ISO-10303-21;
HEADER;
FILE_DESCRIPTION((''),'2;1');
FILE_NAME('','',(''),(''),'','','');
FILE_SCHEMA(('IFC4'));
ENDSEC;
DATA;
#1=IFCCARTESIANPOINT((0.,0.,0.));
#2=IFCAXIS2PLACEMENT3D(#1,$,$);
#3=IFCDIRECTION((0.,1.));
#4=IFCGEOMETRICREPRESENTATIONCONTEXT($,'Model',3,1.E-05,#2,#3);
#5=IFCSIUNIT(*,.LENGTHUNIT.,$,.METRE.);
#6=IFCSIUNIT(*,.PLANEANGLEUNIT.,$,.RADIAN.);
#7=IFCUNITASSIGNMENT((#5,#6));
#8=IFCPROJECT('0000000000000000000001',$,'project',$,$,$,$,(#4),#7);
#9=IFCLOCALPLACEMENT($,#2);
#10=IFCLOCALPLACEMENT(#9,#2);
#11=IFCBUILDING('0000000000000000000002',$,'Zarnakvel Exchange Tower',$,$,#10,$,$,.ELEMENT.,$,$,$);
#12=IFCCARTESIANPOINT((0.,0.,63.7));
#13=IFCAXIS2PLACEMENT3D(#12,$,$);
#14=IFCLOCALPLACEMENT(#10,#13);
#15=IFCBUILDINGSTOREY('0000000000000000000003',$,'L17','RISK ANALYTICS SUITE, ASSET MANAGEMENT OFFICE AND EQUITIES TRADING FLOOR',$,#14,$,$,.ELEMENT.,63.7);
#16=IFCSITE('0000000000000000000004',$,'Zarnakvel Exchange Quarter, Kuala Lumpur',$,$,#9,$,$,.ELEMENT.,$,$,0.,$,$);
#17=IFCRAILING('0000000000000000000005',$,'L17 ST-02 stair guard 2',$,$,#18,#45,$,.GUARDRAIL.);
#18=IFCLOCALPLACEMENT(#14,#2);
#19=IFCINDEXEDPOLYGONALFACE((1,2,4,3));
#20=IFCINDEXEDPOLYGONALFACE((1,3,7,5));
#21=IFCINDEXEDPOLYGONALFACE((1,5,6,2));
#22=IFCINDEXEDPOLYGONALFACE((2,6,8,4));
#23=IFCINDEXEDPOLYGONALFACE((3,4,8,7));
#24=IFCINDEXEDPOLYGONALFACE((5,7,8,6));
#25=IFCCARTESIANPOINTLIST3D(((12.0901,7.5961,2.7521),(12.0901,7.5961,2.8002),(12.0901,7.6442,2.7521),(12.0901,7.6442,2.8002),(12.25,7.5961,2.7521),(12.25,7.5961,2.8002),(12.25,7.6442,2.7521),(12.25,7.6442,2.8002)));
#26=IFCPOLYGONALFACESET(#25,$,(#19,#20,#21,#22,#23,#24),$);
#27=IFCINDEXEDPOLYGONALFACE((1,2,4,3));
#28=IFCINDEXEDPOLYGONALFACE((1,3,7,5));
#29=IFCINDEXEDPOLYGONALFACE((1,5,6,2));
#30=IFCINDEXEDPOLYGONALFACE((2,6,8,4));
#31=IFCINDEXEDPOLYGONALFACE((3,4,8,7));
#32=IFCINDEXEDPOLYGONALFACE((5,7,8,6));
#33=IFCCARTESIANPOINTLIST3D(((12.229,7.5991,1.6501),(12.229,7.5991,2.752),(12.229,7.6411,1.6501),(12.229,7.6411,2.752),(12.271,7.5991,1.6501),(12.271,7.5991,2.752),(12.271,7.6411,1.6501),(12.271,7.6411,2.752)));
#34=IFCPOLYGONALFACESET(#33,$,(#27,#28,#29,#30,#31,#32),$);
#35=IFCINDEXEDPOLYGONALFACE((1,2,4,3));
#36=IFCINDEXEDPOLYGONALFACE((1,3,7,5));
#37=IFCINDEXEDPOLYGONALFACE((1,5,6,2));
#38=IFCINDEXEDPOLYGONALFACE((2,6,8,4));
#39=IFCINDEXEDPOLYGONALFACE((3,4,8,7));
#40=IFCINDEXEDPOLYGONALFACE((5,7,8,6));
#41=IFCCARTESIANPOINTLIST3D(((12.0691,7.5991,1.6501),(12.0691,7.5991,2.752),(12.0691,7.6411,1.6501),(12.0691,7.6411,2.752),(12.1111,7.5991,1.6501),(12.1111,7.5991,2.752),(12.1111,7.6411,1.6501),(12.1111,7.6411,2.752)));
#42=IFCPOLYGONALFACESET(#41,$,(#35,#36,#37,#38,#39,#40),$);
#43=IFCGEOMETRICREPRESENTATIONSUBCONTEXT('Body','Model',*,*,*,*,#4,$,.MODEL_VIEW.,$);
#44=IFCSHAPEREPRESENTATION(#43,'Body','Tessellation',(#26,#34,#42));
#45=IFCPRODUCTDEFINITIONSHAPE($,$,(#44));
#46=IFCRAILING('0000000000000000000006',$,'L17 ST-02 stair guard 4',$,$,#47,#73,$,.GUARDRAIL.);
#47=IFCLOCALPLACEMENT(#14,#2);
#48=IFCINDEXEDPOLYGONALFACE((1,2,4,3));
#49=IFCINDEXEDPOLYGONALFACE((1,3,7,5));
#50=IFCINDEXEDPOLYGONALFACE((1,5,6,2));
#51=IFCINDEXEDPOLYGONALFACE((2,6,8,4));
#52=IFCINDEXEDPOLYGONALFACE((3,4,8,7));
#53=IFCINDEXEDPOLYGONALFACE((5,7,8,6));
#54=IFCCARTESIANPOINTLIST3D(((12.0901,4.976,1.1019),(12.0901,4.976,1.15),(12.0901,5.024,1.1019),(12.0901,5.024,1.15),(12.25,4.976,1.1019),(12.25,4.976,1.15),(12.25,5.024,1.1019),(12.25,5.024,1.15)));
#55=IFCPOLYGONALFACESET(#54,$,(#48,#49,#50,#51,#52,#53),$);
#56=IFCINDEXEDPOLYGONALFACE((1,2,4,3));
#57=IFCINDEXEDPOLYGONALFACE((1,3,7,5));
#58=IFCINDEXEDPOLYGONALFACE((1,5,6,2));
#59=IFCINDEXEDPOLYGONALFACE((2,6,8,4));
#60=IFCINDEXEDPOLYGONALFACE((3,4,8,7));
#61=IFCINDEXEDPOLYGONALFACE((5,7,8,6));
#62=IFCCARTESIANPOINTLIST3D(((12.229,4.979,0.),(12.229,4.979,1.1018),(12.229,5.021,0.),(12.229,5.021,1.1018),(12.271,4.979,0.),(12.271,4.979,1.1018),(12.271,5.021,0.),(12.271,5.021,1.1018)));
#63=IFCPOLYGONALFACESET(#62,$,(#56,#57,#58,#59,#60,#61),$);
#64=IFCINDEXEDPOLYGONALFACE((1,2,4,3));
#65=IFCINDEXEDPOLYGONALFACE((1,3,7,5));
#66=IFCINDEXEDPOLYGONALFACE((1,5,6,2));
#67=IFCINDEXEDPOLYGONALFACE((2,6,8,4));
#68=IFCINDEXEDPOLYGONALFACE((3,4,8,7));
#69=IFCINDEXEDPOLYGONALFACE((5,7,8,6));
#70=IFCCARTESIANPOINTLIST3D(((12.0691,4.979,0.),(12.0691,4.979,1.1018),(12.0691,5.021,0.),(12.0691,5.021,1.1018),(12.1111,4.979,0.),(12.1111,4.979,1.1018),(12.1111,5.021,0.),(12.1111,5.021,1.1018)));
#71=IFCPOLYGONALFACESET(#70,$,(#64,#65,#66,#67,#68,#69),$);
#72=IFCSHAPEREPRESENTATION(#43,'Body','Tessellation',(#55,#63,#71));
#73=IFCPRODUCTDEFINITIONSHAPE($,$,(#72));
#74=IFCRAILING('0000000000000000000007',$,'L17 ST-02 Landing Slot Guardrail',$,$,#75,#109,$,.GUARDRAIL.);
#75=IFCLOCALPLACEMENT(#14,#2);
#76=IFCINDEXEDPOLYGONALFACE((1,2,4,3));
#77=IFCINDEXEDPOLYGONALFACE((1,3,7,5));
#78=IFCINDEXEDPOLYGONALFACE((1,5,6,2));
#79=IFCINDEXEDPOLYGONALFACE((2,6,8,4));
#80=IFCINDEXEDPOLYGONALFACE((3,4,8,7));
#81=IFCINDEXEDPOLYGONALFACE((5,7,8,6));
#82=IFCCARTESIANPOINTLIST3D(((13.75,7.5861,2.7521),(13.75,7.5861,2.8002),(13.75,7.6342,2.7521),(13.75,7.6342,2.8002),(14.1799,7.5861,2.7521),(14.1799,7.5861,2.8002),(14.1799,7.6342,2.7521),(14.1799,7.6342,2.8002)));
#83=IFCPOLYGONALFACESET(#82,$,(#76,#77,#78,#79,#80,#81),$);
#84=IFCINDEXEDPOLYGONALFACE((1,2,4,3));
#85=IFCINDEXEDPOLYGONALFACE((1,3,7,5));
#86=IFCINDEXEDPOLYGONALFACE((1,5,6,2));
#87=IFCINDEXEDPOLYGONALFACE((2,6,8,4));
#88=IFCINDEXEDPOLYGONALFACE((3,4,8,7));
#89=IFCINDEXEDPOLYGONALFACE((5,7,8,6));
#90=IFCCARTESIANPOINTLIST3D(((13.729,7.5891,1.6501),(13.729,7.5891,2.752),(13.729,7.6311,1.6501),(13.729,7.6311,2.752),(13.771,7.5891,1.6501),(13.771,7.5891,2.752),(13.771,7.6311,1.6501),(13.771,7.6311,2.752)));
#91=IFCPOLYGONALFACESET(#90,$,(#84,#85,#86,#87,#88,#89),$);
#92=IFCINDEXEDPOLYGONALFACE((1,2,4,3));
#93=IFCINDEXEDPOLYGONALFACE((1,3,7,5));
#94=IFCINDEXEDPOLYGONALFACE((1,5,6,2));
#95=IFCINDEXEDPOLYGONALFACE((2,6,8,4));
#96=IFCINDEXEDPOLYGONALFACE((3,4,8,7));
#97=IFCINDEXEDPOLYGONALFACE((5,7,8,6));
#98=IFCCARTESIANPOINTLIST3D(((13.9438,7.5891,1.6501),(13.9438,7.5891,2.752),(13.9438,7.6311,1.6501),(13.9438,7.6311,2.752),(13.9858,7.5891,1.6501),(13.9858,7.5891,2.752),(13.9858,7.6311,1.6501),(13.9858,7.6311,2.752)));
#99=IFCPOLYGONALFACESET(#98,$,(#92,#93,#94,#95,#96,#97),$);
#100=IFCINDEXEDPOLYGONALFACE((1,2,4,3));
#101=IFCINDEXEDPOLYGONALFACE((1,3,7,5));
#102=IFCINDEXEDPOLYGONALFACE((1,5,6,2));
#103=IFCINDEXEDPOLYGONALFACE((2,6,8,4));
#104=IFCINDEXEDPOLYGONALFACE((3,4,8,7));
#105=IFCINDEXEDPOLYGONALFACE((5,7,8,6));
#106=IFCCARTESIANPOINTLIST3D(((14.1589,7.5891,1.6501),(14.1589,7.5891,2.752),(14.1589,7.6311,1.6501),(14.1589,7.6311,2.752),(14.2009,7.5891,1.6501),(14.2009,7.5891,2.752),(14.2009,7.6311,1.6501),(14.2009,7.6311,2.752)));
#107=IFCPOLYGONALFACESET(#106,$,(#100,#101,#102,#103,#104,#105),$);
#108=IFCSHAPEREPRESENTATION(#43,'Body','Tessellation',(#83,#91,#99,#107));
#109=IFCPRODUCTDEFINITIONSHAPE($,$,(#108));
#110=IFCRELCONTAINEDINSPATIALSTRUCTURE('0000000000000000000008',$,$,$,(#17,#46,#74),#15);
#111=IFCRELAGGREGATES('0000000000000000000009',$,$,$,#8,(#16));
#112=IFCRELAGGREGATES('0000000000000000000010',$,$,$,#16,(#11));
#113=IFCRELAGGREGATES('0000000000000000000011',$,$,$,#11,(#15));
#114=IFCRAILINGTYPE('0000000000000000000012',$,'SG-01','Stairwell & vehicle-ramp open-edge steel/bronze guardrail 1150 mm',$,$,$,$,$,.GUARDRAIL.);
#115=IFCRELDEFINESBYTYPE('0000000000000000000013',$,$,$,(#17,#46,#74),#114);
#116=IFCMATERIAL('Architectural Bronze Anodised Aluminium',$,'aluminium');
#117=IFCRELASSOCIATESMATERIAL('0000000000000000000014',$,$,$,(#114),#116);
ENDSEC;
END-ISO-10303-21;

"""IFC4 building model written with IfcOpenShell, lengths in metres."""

from ifc_helpers import new_model, si_unit, direction, frame, origin, origin_2d, place, context, subcontext, project, spatial, rectangle, extrude, material, type_object, element, save


model = new_model("IFC4")

# Units and contexts
model_context = context("Model", 3, precision=1e-05, world=origin(), true_north=direction((0.0, 1.0)))
body_context = subcontext(model_context, "Body", "Model", "MODEL_VIEW")
ifc_project = project(units=[si_unit("LENGTHUNIT", "METRE"), si_unit("PLANEANGLEUNIT", "RADIAN")], contexts=[model_context])

# Site, building, storey
site_placement = place(None, origin())
site = spatial("IfcSite", under=ifc_project, at=site_placement, Name="Zarnakvel Exchange Quarter, Kuala Lumpur", CompositionType="ELEMENT", RefElevation=0.0)
building_placement = place(site_placement, origin())
building = spatial("IfcBuilding", under=site, at=building_placement, Name="Zarnakvel Exchange Tower", CompositionType="ELEMENT")
storey_placement = place(building_placement, frame((0.0, 0.0, 63.7)))
storey = spatial("IfcBuildingStorey", under=building, at=storey_placement, Name="L17", Description="RISK ANALYTICS SUITE, ASSET MANAGEMENT OFFICE AND EQUITIES TRADING FLOOR", CompositionType="ELEMENT", Elevation=63.7)

# Shared definitions
ifc_material_1 = material(Name="Architectural Bronze Anodised Aluminium", Category="aluminium")

# Railings
railing_type_1 = type_object("IfcRailingType", Name="SG-01", Description="Stairwell & vehicle-ramp open-edge steel/bronze guardrail 1150 mm", PredefinedType="GUARDRAIL", material=ifc_material_1)
for number, where, name in (
    (1, (12.25, 7.6201, 1.6501), "L17 ST-02 stair guard 2"),
    (2, (12.25, 5.0, 0.0), "L17 ST-02 stair guard 4"),
):
    element("IfcRailing", number, at=place(storey_placement, frame(where)), inside=storey, type_object=railing_type_1, Name=name, PredefinedType="GUARDRAIL", context=body_context, shape_type="SweptSolid", body=[
        extrude(rectangle(XDim=0.0481, YDim=0.0481, at=origin_2d()), frame((0.0, 0.0, 1.126), z_axis=(-1.0, 0.0, 0.0), x_axis=(0.0, -1.0, 0.0)), (0.0, 0.0, 1.0), 0.1599),
        extrude(rectangle(XDim=0.042, YDim=0.042, at=origin_2d()), origin(), (0.0, 0.0, 1.0), 1.1018),
        extrude(rectangle(XDim=0.042, YDim=0.042, at=origin_2d()), frame((-0.1599, 0.0, 0.0)), (0.0, 0.0, 1.0), 1.1018),
    ])
railing_1_placement = place(storey_placement, frame((13.75, 7.6101, 1.6501)))
element("IfcRailing", 3, at=railing_1_placement, inside=storey, type_object=railing_type_1, Name="L17 ST-02 Landing Slot Guardrail", PredefinedType="GUARDRAIL", context=body_context, shape_type="SweptSolid", body=[
    extrude(rectangle(XDim=0.0481, YDim=0.0481, at=origin_2d()), frame((0.0, 0.0, 1.126), z_axis=(1.0, 0.0, 0.0), x_axis=(0.0, 1.0, 0.0)), (0.0, 0.0, 1.0), 0.4299),
    extrude(rectangle(XDim=0.042, YDim=0.042, at=origin_2d()), origin(), (0.0, 0.0, 1.0), 1.1018),
    extrude(rectangle(XDim=0.042, YDim=0.042, at=origin_2d()), frame((0.2148, 0.0, 0.0)), (0.0, 0.0, 1.0), 1.1018),
    extrude(rectangle(XDim=0.042, YDim=0.042, at=origin_2d()), frame((0.4299, 0.0, 0.0)), (0.0, 0.0, 1.0), 1.1018),
])

save(model, "model.ifc")
